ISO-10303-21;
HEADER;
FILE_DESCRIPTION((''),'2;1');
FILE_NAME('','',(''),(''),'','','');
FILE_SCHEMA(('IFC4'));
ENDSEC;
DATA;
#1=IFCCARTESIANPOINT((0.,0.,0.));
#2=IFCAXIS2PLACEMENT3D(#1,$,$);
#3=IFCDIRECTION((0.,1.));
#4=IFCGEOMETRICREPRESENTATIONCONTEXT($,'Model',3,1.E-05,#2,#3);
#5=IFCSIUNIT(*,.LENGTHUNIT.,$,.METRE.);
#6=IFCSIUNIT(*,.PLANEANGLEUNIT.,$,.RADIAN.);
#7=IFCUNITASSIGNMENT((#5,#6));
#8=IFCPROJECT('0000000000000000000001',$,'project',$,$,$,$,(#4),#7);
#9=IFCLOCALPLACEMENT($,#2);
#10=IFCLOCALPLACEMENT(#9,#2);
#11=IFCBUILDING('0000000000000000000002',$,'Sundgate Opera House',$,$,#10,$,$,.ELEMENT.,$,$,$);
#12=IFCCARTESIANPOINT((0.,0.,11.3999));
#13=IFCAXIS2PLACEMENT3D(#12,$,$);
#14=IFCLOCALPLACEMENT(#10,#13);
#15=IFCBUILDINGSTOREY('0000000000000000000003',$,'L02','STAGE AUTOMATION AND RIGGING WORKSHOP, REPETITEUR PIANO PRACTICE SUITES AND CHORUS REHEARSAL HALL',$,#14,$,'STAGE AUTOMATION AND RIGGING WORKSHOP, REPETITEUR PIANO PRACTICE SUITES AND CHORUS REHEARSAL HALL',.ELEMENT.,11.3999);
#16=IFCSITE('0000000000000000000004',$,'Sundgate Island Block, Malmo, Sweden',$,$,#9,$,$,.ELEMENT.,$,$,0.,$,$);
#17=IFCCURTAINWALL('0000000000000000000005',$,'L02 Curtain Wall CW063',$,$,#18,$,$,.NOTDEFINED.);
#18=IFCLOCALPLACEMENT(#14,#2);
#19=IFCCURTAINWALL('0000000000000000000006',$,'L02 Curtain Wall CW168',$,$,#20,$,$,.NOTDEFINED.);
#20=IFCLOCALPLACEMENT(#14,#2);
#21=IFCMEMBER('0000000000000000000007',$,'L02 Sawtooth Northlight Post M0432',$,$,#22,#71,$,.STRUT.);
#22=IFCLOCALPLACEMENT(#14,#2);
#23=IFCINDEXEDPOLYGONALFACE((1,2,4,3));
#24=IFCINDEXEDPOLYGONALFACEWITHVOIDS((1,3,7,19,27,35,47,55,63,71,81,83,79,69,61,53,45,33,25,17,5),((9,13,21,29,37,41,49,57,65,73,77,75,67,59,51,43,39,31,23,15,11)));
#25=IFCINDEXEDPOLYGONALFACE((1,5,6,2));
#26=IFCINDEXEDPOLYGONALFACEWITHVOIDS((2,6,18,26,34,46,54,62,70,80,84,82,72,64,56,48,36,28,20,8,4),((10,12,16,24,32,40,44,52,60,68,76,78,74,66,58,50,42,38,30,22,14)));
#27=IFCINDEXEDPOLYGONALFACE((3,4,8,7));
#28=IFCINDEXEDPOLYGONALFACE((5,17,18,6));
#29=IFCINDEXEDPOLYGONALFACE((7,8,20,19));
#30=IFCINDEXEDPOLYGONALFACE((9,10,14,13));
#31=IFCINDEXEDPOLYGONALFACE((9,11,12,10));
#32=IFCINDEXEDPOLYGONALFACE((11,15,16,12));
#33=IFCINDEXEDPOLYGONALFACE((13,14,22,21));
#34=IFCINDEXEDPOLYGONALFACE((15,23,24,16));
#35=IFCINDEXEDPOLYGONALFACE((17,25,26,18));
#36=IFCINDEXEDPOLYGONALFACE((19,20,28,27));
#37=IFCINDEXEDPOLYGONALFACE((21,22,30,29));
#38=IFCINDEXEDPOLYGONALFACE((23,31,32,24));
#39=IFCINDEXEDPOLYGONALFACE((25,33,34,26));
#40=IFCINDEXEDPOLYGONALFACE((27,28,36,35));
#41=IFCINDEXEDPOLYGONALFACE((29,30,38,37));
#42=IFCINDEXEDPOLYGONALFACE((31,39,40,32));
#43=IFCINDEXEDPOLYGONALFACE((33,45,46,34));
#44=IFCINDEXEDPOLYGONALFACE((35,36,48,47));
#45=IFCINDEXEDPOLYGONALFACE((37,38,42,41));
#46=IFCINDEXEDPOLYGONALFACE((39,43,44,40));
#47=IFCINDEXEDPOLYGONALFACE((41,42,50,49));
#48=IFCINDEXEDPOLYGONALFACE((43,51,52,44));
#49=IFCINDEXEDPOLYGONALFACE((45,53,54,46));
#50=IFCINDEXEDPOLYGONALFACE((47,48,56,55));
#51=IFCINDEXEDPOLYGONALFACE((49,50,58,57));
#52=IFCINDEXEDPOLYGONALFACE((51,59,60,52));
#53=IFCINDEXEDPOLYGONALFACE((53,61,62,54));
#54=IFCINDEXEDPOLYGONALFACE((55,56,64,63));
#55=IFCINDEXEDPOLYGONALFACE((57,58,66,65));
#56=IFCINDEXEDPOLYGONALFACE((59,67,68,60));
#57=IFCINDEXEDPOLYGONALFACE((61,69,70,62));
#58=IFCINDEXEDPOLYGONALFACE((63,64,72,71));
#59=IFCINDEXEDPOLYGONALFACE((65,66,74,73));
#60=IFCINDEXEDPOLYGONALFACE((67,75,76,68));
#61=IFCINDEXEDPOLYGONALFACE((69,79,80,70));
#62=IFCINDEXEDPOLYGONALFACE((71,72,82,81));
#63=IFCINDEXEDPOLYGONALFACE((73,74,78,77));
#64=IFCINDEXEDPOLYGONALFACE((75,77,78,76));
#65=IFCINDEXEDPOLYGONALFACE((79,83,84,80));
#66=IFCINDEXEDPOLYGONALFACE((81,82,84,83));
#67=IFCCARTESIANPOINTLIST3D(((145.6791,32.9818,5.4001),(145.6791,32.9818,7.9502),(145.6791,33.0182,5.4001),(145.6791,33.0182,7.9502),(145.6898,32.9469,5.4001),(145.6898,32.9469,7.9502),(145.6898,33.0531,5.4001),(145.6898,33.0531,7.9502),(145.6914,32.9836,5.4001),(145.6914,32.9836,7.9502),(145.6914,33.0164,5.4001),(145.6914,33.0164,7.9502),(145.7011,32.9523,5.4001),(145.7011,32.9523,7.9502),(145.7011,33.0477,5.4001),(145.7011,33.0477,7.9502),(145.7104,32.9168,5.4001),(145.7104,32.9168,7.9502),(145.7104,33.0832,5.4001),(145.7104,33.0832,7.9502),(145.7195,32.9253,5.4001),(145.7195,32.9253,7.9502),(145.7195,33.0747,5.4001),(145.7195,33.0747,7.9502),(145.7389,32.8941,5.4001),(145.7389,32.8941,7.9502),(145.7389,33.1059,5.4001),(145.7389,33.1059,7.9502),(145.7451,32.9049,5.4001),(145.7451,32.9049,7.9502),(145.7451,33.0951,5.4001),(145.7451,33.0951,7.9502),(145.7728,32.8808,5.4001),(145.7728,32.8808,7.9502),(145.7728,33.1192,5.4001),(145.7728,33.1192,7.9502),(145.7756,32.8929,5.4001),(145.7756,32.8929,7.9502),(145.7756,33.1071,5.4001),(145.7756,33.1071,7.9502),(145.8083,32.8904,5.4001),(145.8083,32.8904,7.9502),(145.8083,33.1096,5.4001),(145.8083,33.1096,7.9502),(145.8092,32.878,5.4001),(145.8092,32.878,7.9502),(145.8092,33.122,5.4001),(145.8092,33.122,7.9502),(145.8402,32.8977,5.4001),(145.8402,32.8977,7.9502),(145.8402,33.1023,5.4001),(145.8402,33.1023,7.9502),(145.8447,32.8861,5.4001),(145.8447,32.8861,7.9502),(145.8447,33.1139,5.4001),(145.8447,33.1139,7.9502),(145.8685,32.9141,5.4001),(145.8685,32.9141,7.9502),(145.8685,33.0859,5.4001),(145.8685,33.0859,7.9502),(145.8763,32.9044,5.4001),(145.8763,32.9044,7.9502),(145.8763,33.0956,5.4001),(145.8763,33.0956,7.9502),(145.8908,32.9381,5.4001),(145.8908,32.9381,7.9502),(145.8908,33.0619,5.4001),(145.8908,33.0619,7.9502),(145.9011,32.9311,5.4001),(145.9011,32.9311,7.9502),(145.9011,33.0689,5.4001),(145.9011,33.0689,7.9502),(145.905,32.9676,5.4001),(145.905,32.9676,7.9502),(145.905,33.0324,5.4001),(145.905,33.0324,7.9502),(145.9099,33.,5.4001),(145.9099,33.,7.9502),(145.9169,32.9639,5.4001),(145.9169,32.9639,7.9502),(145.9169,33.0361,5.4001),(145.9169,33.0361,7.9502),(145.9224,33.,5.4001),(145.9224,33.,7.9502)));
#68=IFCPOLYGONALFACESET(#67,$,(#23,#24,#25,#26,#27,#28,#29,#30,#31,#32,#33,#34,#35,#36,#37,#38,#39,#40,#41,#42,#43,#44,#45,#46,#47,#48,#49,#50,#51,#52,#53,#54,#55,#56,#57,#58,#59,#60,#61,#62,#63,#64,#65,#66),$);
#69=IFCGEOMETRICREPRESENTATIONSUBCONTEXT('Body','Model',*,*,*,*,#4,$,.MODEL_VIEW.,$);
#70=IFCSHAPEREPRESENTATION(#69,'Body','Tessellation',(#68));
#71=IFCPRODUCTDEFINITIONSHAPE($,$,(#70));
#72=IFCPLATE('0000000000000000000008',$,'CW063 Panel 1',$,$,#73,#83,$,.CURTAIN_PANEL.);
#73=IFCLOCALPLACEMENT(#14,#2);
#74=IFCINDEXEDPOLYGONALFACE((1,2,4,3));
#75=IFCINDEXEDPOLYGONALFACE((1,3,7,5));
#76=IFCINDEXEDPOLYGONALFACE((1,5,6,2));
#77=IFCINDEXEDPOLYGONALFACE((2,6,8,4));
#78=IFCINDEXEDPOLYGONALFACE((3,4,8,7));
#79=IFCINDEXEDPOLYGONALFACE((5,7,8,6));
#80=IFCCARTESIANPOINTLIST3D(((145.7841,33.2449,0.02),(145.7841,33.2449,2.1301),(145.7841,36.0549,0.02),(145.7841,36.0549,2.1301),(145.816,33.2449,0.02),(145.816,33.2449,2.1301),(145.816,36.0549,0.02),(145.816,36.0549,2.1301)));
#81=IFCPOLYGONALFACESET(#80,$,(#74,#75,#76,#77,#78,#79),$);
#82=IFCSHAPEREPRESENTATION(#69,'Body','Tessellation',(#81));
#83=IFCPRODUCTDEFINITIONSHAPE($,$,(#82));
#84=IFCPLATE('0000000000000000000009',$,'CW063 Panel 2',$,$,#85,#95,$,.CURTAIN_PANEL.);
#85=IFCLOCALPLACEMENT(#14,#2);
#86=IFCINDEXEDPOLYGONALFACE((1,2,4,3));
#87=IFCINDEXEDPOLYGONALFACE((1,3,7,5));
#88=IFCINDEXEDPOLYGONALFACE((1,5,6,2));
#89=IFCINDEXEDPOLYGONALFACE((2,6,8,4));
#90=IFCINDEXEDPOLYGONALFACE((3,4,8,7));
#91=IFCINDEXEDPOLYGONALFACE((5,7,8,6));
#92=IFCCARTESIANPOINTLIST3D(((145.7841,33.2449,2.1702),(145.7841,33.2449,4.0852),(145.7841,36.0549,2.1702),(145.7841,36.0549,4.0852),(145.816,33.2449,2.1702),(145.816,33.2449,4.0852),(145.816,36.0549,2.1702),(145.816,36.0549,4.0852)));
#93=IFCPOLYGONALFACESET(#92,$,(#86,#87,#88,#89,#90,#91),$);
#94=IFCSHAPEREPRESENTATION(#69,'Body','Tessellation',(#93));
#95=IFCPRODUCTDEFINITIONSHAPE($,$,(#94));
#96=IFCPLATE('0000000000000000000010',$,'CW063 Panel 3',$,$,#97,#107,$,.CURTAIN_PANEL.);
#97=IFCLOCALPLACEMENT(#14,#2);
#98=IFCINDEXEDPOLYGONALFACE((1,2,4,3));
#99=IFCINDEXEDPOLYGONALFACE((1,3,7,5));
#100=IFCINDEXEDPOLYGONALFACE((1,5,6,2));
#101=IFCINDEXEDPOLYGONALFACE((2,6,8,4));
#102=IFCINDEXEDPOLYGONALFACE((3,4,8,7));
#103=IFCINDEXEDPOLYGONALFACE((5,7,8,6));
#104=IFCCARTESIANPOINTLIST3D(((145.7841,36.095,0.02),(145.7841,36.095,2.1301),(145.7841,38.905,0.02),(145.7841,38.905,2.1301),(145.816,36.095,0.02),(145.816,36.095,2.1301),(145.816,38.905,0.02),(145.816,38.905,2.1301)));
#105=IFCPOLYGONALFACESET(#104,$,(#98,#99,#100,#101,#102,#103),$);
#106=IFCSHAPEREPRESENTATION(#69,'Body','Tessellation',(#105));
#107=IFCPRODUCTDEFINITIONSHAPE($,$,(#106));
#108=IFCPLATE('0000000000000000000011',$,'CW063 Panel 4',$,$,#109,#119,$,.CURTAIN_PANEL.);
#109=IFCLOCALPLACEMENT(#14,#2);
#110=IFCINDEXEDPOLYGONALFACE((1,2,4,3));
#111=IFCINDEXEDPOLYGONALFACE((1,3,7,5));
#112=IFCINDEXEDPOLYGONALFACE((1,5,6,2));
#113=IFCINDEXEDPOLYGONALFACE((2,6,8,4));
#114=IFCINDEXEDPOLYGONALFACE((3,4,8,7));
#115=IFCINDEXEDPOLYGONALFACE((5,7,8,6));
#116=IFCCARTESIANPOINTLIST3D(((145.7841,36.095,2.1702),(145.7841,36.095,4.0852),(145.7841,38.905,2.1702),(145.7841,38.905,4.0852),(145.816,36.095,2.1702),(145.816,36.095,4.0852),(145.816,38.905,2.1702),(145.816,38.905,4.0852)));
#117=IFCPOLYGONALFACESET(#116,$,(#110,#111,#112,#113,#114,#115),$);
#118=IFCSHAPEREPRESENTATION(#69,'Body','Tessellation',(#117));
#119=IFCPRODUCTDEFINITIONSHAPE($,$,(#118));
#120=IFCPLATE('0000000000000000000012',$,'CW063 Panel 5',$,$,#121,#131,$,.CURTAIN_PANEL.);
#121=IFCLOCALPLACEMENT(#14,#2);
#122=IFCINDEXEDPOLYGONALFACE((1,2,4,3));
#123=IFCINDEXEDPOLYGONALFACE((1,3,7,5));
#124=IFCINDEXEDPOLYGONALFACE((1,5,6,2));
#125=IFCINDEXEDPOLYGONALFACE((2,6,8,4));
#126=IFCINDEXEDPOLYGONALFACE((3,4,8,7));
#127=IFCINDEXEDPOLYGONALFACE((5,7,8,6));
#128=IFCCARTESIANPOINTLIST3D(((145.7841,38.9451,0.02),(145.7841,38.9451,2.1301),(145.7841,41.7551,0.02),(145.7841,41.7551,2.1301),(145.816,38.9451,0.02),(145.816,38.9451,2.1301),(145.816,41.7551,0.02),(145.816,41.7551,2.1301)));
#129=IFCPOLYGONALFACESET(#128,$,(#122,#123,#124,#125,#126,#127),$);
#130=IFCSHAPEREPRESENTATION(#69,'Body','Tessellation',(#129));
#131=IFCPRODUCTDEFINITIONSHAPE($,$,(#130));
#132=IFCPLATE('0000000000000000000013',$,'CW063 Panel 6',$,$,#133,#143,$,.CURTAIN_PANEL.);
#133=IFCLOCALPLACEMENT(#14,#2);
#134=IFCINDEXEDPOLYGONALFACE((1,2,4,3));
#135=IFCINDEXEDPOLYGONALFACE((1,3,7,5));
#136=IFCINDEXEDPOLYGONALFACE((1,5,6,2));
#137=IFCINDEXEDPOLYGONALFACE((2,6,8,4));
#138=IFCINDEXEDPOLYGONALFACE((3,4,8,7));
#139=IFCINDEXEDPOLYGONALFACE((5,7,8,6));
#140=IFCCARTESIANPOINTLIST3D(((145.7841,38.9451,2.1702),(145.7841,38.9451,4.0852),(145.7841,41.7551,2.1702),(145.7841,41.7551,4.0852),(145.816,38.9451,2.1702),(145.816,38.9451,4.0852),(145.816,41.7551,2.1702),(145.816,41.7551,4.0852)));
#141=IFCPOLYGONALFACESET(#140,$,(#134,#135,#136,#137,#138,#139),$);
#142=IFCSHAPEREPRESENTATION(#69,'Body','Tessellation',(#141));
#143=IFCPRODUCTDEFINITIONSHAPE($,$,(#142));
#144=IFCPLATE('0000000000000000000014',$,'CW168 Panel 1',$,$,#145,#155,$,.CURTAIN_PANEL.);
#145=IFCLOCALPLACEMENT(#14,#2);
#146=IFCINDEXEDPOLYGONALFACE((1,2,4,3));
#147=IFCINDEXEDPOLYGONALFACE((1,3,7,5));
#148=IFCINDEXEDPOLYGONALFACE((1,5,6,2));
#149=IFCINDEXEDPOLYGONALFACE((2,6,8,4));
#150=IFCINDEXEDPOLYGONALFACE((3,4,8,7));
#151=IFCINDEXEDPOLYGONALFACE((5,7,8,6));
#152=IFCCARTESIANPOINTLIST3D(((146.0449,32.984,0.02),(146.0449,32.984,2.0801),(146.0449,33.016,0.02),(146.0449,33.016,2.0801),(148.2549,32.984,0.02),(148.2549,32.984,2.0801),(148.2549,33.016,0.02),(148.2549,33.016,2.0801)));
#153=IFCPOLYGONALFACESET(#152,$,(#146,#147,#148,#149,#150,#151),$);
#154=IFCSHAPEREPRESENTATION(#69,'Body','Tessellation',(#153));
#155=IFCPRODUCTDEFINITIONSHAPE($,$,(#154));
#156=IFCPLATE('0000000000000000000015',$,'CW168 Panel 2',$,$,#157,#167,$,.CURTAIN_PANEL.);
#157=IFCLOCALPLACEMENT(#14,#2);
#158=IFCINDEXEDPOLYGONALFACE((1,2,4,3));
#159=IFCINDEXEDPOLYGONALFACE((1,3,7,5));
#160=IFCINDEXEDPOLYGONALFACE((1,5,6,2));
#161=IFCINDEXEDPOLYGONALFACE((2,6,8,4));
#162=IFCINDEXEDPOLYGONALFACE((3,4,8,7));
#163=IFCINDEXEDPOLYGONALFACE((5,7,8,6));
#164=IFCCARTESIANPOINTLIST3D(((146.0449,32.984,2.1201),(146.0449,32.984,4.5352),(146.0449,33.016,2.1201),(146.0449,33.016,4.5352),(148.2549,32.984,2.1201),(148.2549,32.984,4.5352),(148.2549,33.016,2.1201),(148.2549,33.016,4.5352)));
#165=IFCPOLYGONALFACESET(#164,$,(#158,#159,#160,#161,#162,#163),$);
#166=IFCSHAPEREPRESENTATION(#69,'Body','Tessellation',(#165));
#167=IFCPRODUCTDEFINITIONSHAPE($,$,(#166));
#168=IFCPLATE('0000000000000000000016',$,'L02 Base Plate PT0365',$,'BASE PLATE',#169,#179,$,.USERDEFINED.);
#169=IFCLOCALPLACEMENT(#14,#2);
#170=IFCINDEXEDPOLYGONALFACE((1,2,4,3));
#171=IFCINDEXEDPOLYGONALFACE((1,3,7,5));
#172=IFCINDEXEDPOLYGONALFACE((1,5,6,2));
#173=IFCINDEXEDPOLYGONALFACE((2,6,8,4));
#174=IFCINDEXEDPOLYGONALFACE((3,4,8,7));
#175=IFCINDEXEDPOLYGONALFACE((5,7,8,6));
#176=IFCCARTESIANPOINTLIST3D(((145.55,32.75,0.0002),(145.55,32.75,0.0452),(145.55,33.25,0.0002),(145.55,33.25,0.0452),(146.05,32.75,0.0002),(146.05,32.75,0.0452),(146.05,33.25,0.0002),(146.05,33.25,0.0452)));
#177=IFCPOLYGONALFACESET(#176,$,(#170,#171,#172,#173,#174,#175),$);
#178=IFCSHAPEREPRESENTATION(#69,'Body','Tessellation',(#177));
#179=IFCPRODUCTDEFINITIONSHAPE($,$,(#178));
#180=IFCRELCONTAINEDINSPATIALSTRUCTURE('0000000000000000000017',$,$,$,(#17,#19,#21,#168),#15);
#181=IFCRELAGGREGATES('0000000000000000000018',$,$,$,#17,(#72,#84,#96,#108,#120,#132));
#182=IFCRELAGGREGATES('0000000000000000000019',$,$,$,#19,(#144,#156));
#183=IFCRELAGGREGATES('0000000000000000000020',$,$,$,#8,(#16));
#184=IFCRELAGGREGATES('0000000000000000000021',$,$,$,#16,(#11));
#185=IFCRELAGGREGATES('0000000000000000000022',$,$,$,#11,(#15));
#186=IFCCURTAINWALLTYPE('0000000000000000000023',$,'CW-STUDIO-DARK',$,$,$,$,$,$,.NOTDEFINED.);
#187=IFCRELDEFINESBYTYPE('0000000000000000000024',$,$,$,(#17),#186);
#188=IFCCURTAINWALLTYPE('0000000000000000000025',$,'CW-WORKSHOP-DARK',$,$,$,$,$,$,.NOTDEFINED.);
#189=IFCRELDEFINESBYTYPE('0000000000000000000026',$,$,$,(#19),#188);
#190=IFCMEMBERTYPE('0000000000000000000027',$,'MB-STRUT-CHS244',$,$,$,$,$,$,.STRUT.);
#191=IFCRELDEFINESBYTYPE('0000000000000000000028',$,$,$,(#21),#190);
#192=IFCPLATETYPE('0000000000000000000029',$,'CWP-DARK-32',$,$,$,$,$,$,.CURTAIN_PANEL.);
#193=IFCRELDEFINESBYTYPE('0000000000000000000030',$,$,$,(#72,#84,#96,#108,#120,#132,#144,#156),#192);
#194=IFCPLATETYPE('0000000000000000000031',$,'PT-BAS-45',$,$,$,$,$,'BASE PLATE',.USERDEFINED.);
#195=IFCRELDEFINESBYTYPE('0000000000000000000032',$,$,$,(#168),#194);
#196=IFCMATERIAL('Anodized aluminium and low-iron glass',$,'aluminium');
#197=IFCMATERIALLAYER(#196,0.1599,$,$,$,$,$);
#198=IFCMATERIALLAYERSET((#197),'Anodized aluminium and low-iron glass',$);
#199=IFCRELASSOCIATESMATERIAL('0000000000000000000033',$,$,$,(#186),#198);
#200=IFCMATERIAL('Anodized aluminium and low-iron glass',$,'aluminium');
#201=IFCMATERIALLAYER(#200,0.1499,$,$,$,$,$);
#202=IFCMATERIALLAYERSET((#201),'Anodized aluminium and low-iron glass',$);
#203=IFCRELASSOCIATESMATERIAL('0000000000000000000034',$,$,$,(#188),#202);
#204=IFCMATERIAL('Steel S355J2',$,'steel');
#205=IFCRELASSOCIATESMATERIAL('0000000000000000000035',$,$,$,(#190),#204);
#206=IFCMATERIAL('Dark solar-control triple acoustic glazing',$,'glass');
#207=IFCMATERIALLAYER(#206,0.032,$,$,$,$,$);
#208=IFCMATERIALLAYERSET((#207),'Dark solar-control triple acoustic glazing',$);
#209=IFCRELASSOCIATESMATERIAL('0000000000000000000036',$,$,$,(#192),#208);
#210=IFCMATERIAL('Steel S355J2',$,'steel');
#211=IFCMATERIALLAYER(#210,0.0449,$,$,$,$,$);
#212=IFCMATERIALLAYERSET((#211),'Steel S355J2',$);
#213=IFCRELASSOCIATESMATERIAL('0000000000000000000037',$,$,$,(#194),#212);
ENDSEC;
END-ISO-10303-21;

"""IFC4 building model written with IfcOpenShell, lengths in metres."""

from ifc_helpers import new_model, si_unit, direction, frame, origin, origin_2d, place, context, subcontext, project, spatial, rectangle, hollow_circle, extrude, material, layer, layer_set, material_profile, profile_set, type_object, element, aggregate, save


model = new_model("IFC4")

# Units and contexts
model_context = context("Model", 3, precision=1e-05, world=origin(), true_north=direction((0.0, 1.0)))
body_context = subcontext(model_context, "Body", "Model", "MODEL_VIEW")
ifc_project = project(units=[si_unit("LENGTHUNIT", "METRE"), si_unit("PLANEANGLEUNIT", "RADIAN")], contexts=[model_context])

# Site, building, storey
site_placement = place(None, origin())
site = spatial("IfcSite", under=ifc_project, at=site_placement, Name="Sundgate Island Block, Malmo, Sweden", CompositionType="ELEMENT", RefElevation=0.0)
building_placement = place(site_placement, origin())
building = spatial("IfcBuilding", under=site, at=building_placement, Name="Sundgate Opera House", CompositionType="ELEMENT")
storey_placement = place(building_placement, frame((0.0, 0.0, 11.3999)))
storey = spatial("IfcBuildingStorey", under=building, at=storey_placement, Name="L02", Description="STAGE AUTOMATION AND RIGGING WORKSHOP, REPETITEUR PIANO PRACTICE SUITES AND CHORUS REHEARSAL HALL", LongName="STAGE AUTOMATION AND RIGGING WORKSHOP, REPETITEUR PIANO PRACTICE SUITES AND CHORUS REHEARSAL HALL", CompositionType="ELEMENT", Elevation=11.3999)

# Curtain walls
ifc_material_1 = material(Name="Anodized aluminium and low-iron glass", Category="aluminium")
ifc_layer_1 = layer(ifc_material_1, 0.1599)
ifc_layer_set_1 = layer_set([ifc_layer_1], Name="Anodized aluminium and low-iron glass")
curtain_wall_type_1 = type_object("IfcCurtainWallType", Name="CW-STUDIO-DARK", PredefinedType="NOTDEFINED", material=ifc_layer_set_1)
curtain_wall_1_placement = place(storey_placement, origin())
curtain_wall_1 = element("IfcCurtainWall", 1, at=curtain_wall_1_placement, inside=storey, type_object=curtain_wall_type_1, Name="L02 Curtain Wall CW063", PredefinedType="NOTDEFINED")
ifc_material_2 = material(Name="Anodized aluminium and low-iron glass", Category="aluminium")
ifc_layer_2 = layer(ifc_material_2, 0.1499)
ifc_layer_set_2 = layer_set([ifc_layer_2], Name="Anodized aluminium and low-iron glass")
curtain_wall_type_2 = type_object("IfcCurtainWallType", Name="CW-WORKSHOP-DARK", PredefinedType="NOTDEFINED", material=ifc_layer_set_2)
curtain_wall_2_placement = place(storey_placement, origin())
curtain_wall_2 = element("IfcCurtainWall", 2, at=curtain_wall_2_placement, inside=storey, type_object=curtain_wall_type_2, Name="L02 Curtain Wall CW168", PredefinedType="NOTDEFINED")

# Member
ifc_material_3 = material(Name="Steel S355J2", Category="steel")
ifc_material_profile_1 = material_profile(ifc_material_3, hollow_circle(Radius=0.1223, WallThickness=0.0125, at=origin_2d()), Name="CHS 244.5x12.5")
ifc_profile_set_1 = profile_set([ifc_material_profile_1], Name="Steel S355J2")
member_type_1 = type_object("IfcMemberType", Name="MB-STRUT-CHS244", PredefinedType="STRUT", material=ifc_profile_set_1)
member_1_placement = place(storey_placement, frame((145.8, 33.0, 5.4001), z_axis=(0.0, 0.0, 1.0), x_axis=(1.0, 0.0, 0.0)))
element("IfcMember", 3, at=member_1_placement, inside=storey, type_object=member_type_1, Name="L02 Sawtooth Northlight Post M0432", PredefinedType="STRUT", context=body_context, shape_type="SweptSolid", body=[
    extrude(hollow_circle(Radius=0.1223, WallThickness=0.0125, at=origin_2d()), origin(), (0.0, 0.0, 1.0), 2.55),
])

# Plates
ifc_material_4 = material(Name="Dark solar-control triple acoustic glazing", Category="glass")
ifc_layer_3 = layer(ifc_material_4, 0.032)
ifc_layer_set_3 = layer_set([ifc_layer_3], Name="Dark solar-control triple acoustic glazing")
plate_type_1 = type_object("IfcPlateType", Name="CWP-DARK-32", PredefinedType="CURTAIN_PANEL", material=ifc_layer_set_3)
plate_1_placement = place(storey_placement, frame((145.8, 34.6499, 0.02), z_axis=(0.0, 0.0, 1.0), x_axis=(0.0, 1.0, 0.0)))
plate_1 = element("IfcPlate", 4, at=plate_1_placement, type_object=plate_type_1, Name="CW063 Panel 1", PredefinedType="CURTAIN_PANEL", context=body_context, shape_type="SweptSolid", body=[
    extrude(rectangle(XDim=2.8101, YDim=0.032, at=origin_2d()), origin(), (0.0, 0.0, 1.0), 2.1101),
])
plate_2_placement = place(storey_placement, frame((145.8, 34.6499, 2.1702), z_axis=(0.0, 0.0, 1.0), x_axis=(0.0, 1.0, 0.0)))
plate_2 = element("IfcPlate", 5, at=plate_2_placement, type_object=plate_type_1, Name="CW063 Panel 2", PredefinedType="CURTAIN_PANEL", context=body_context, shape_type="SweptSolid", body=[
    extrude(rectangle(XDim=2.8101, YDim=0.032, at=origin_2d()), origin(), (0.0, 0.0, 1.0), 1.915),
])
plate_3_placement = place(storey_placement, frame((145.8, 37.5, 0.02), z_axis=(0.0, 0.0, 1.0), x_axis=(0.0, 1.0, 0.0)))
plate_3 = element("IfcPlate", 6, at=plate_3_placement, type_object=plate_type_1, Name="CW063 Panel 3", PredefinedType="CURTAIN_PANEL", context=body_context, shape_type="SweptSolid", body=[
    extrude(rectangle(XDim=2.8101, YDim=0.032, at=origin_2d()), origin(), (0.0, 0.0, 1.0), 2.1101),
])
plate_4_placement = place(storey_placement, frame((145.8, 37.5, 2.1702), z_axis=(0.0, 0.0, 1.0), x_axis=(0.0, 1.0, 0.0)))
plate_4 = element("IfcPlate", 7, at=plate_4_placement, type_object=plate_type_1, Name="CW063 Panel 4", PredefinedType="CURTAIN_PANEL", context=body_context, shape_type="SweptSolid", body=[
    extrude(rectangle(XDim=2.8101, YDim=0.032, at=origin_2d()), origin(), (0.0, 0.0, 1.0), 1.915),
])
plate_5_placement = place(storey_placement, frame((145.8, 40.3501, 0.02), z_axis=(0.0, 0.0, 1.0), x_axis=(0.0, 1.0, 0.0)))
plate_5 = element("IfcPlate", 8, at=plate_5_placement, type_object=plate_type_1, Name="CW063 Panel 5", PredefinedType="CURTAIN_PANEL", context=body_context, shape_type="SweptSolid", body=[
    extrude(rectangle(XDim=2.8101, YDim=0.032, at=origin_2d()), origin(), (0.0, 0.0, 1.0), 2.1101),
])
plate_6_placement = place(storey_placement, frame((145.8, 40.3501, 2.1702), z_axis=(0.0, 0.0, 1.0), x_axis=(0.0, 1.0, 0.0)))
plate_6 = element("IfcPlate", 9, at=plate_6_placement, type_object=plate_type_1, Name="CW063 Panel 6", PredefinedType="CURTAIN_PANEL", context=body_context, shape_type="SweptSolid", body=[
    extrude(rectangle(XDim=2.8101, YDim=0.032, at=origin_2d()), origin(), (0.0, 0.0, 1.0), 1.915),
])
aggregate(curtain_wall_1, [plate_1, plate_2, plate_3, plate_4, plate_5, plate_6])
plate_7_placement = place(storey_placement, frame((147.1499, 33.0, 0.02), z_axis=(0.0, 0.0, 1.0), x_axis=(1.0, 0.0, 0.0)))
plate_7 = element("IfcPlate", 10, at=plate_7_placement, type_object=plate_type_1, Name="CW168 Panel 1", PredefinedType="CURTAIN_PANEL", context=body_context, shape_type="SweptSolid", body=[
    extrude(rectangle(XDim=2.21, YDim=0.032, at=origin_2d()), origin(), (0.0, 0.0, 1.0), 2.0601),
])
plate_8_placement = place(storey_placement, frame((147.1499, 33.0, 2.1201), z_axis=(0.0, 0.0, 1.0), x_axis=(1.0, 0.0, 0.0)))
plate_8 = element("IfcPlate", 11, at=plate_8_placement, type_object=plate_type_1, Name="CW168 Panel 2", PredefinedType="CURTAIN_PANEL", context=body_context, shape_type="SweptSolid", body=[
    extrude(rectangle(XDim=2.21, YDim=0.032, at=origin_2d()), origin(), (0.0, 0.0, 1.0), 2.415),
])
aggregate(curtain_wall_2, [plate_7, plate_8])
ifc_material_5 = material(Name="Steel S355J2", Category="steel")
ifc_layer_4 = layer(ifc_material_5, 0.0449)
ifc_layer_set_4 = layer_set([ifc_layer_4], Name="Steel S355J2")
plate_type_2 = type_object("IfcPlateType", Name="PT-BAS-45", ElementType="BASE PLATE", PredefinedType="USERDEFINED", material=ifc_layer_set_4)
plate_9_placement = place(storey_placement, frame((145.8, 33.0, 0.0002), z_axis=(0.0, 0.0, 1.0), x_axis=(1.0, 0.0, 0.0)))
element("IfcPlate", 12, at=plate_9_placement, inside=storey, type_object=plate_type_2, Name="L02 Base Plate PT0365", ObjectType="BASE PLATE", PredefinedType="USERDEFINED", context=body_context, shape_type="SweptSolid", body=[
    extrude(rectangle(XDim=0.5, YDim=0.5, at=origin_2d()), origin(), (0.0, 0.0, 1.0), 0.0449),
])

save(model, "model.ifc")
